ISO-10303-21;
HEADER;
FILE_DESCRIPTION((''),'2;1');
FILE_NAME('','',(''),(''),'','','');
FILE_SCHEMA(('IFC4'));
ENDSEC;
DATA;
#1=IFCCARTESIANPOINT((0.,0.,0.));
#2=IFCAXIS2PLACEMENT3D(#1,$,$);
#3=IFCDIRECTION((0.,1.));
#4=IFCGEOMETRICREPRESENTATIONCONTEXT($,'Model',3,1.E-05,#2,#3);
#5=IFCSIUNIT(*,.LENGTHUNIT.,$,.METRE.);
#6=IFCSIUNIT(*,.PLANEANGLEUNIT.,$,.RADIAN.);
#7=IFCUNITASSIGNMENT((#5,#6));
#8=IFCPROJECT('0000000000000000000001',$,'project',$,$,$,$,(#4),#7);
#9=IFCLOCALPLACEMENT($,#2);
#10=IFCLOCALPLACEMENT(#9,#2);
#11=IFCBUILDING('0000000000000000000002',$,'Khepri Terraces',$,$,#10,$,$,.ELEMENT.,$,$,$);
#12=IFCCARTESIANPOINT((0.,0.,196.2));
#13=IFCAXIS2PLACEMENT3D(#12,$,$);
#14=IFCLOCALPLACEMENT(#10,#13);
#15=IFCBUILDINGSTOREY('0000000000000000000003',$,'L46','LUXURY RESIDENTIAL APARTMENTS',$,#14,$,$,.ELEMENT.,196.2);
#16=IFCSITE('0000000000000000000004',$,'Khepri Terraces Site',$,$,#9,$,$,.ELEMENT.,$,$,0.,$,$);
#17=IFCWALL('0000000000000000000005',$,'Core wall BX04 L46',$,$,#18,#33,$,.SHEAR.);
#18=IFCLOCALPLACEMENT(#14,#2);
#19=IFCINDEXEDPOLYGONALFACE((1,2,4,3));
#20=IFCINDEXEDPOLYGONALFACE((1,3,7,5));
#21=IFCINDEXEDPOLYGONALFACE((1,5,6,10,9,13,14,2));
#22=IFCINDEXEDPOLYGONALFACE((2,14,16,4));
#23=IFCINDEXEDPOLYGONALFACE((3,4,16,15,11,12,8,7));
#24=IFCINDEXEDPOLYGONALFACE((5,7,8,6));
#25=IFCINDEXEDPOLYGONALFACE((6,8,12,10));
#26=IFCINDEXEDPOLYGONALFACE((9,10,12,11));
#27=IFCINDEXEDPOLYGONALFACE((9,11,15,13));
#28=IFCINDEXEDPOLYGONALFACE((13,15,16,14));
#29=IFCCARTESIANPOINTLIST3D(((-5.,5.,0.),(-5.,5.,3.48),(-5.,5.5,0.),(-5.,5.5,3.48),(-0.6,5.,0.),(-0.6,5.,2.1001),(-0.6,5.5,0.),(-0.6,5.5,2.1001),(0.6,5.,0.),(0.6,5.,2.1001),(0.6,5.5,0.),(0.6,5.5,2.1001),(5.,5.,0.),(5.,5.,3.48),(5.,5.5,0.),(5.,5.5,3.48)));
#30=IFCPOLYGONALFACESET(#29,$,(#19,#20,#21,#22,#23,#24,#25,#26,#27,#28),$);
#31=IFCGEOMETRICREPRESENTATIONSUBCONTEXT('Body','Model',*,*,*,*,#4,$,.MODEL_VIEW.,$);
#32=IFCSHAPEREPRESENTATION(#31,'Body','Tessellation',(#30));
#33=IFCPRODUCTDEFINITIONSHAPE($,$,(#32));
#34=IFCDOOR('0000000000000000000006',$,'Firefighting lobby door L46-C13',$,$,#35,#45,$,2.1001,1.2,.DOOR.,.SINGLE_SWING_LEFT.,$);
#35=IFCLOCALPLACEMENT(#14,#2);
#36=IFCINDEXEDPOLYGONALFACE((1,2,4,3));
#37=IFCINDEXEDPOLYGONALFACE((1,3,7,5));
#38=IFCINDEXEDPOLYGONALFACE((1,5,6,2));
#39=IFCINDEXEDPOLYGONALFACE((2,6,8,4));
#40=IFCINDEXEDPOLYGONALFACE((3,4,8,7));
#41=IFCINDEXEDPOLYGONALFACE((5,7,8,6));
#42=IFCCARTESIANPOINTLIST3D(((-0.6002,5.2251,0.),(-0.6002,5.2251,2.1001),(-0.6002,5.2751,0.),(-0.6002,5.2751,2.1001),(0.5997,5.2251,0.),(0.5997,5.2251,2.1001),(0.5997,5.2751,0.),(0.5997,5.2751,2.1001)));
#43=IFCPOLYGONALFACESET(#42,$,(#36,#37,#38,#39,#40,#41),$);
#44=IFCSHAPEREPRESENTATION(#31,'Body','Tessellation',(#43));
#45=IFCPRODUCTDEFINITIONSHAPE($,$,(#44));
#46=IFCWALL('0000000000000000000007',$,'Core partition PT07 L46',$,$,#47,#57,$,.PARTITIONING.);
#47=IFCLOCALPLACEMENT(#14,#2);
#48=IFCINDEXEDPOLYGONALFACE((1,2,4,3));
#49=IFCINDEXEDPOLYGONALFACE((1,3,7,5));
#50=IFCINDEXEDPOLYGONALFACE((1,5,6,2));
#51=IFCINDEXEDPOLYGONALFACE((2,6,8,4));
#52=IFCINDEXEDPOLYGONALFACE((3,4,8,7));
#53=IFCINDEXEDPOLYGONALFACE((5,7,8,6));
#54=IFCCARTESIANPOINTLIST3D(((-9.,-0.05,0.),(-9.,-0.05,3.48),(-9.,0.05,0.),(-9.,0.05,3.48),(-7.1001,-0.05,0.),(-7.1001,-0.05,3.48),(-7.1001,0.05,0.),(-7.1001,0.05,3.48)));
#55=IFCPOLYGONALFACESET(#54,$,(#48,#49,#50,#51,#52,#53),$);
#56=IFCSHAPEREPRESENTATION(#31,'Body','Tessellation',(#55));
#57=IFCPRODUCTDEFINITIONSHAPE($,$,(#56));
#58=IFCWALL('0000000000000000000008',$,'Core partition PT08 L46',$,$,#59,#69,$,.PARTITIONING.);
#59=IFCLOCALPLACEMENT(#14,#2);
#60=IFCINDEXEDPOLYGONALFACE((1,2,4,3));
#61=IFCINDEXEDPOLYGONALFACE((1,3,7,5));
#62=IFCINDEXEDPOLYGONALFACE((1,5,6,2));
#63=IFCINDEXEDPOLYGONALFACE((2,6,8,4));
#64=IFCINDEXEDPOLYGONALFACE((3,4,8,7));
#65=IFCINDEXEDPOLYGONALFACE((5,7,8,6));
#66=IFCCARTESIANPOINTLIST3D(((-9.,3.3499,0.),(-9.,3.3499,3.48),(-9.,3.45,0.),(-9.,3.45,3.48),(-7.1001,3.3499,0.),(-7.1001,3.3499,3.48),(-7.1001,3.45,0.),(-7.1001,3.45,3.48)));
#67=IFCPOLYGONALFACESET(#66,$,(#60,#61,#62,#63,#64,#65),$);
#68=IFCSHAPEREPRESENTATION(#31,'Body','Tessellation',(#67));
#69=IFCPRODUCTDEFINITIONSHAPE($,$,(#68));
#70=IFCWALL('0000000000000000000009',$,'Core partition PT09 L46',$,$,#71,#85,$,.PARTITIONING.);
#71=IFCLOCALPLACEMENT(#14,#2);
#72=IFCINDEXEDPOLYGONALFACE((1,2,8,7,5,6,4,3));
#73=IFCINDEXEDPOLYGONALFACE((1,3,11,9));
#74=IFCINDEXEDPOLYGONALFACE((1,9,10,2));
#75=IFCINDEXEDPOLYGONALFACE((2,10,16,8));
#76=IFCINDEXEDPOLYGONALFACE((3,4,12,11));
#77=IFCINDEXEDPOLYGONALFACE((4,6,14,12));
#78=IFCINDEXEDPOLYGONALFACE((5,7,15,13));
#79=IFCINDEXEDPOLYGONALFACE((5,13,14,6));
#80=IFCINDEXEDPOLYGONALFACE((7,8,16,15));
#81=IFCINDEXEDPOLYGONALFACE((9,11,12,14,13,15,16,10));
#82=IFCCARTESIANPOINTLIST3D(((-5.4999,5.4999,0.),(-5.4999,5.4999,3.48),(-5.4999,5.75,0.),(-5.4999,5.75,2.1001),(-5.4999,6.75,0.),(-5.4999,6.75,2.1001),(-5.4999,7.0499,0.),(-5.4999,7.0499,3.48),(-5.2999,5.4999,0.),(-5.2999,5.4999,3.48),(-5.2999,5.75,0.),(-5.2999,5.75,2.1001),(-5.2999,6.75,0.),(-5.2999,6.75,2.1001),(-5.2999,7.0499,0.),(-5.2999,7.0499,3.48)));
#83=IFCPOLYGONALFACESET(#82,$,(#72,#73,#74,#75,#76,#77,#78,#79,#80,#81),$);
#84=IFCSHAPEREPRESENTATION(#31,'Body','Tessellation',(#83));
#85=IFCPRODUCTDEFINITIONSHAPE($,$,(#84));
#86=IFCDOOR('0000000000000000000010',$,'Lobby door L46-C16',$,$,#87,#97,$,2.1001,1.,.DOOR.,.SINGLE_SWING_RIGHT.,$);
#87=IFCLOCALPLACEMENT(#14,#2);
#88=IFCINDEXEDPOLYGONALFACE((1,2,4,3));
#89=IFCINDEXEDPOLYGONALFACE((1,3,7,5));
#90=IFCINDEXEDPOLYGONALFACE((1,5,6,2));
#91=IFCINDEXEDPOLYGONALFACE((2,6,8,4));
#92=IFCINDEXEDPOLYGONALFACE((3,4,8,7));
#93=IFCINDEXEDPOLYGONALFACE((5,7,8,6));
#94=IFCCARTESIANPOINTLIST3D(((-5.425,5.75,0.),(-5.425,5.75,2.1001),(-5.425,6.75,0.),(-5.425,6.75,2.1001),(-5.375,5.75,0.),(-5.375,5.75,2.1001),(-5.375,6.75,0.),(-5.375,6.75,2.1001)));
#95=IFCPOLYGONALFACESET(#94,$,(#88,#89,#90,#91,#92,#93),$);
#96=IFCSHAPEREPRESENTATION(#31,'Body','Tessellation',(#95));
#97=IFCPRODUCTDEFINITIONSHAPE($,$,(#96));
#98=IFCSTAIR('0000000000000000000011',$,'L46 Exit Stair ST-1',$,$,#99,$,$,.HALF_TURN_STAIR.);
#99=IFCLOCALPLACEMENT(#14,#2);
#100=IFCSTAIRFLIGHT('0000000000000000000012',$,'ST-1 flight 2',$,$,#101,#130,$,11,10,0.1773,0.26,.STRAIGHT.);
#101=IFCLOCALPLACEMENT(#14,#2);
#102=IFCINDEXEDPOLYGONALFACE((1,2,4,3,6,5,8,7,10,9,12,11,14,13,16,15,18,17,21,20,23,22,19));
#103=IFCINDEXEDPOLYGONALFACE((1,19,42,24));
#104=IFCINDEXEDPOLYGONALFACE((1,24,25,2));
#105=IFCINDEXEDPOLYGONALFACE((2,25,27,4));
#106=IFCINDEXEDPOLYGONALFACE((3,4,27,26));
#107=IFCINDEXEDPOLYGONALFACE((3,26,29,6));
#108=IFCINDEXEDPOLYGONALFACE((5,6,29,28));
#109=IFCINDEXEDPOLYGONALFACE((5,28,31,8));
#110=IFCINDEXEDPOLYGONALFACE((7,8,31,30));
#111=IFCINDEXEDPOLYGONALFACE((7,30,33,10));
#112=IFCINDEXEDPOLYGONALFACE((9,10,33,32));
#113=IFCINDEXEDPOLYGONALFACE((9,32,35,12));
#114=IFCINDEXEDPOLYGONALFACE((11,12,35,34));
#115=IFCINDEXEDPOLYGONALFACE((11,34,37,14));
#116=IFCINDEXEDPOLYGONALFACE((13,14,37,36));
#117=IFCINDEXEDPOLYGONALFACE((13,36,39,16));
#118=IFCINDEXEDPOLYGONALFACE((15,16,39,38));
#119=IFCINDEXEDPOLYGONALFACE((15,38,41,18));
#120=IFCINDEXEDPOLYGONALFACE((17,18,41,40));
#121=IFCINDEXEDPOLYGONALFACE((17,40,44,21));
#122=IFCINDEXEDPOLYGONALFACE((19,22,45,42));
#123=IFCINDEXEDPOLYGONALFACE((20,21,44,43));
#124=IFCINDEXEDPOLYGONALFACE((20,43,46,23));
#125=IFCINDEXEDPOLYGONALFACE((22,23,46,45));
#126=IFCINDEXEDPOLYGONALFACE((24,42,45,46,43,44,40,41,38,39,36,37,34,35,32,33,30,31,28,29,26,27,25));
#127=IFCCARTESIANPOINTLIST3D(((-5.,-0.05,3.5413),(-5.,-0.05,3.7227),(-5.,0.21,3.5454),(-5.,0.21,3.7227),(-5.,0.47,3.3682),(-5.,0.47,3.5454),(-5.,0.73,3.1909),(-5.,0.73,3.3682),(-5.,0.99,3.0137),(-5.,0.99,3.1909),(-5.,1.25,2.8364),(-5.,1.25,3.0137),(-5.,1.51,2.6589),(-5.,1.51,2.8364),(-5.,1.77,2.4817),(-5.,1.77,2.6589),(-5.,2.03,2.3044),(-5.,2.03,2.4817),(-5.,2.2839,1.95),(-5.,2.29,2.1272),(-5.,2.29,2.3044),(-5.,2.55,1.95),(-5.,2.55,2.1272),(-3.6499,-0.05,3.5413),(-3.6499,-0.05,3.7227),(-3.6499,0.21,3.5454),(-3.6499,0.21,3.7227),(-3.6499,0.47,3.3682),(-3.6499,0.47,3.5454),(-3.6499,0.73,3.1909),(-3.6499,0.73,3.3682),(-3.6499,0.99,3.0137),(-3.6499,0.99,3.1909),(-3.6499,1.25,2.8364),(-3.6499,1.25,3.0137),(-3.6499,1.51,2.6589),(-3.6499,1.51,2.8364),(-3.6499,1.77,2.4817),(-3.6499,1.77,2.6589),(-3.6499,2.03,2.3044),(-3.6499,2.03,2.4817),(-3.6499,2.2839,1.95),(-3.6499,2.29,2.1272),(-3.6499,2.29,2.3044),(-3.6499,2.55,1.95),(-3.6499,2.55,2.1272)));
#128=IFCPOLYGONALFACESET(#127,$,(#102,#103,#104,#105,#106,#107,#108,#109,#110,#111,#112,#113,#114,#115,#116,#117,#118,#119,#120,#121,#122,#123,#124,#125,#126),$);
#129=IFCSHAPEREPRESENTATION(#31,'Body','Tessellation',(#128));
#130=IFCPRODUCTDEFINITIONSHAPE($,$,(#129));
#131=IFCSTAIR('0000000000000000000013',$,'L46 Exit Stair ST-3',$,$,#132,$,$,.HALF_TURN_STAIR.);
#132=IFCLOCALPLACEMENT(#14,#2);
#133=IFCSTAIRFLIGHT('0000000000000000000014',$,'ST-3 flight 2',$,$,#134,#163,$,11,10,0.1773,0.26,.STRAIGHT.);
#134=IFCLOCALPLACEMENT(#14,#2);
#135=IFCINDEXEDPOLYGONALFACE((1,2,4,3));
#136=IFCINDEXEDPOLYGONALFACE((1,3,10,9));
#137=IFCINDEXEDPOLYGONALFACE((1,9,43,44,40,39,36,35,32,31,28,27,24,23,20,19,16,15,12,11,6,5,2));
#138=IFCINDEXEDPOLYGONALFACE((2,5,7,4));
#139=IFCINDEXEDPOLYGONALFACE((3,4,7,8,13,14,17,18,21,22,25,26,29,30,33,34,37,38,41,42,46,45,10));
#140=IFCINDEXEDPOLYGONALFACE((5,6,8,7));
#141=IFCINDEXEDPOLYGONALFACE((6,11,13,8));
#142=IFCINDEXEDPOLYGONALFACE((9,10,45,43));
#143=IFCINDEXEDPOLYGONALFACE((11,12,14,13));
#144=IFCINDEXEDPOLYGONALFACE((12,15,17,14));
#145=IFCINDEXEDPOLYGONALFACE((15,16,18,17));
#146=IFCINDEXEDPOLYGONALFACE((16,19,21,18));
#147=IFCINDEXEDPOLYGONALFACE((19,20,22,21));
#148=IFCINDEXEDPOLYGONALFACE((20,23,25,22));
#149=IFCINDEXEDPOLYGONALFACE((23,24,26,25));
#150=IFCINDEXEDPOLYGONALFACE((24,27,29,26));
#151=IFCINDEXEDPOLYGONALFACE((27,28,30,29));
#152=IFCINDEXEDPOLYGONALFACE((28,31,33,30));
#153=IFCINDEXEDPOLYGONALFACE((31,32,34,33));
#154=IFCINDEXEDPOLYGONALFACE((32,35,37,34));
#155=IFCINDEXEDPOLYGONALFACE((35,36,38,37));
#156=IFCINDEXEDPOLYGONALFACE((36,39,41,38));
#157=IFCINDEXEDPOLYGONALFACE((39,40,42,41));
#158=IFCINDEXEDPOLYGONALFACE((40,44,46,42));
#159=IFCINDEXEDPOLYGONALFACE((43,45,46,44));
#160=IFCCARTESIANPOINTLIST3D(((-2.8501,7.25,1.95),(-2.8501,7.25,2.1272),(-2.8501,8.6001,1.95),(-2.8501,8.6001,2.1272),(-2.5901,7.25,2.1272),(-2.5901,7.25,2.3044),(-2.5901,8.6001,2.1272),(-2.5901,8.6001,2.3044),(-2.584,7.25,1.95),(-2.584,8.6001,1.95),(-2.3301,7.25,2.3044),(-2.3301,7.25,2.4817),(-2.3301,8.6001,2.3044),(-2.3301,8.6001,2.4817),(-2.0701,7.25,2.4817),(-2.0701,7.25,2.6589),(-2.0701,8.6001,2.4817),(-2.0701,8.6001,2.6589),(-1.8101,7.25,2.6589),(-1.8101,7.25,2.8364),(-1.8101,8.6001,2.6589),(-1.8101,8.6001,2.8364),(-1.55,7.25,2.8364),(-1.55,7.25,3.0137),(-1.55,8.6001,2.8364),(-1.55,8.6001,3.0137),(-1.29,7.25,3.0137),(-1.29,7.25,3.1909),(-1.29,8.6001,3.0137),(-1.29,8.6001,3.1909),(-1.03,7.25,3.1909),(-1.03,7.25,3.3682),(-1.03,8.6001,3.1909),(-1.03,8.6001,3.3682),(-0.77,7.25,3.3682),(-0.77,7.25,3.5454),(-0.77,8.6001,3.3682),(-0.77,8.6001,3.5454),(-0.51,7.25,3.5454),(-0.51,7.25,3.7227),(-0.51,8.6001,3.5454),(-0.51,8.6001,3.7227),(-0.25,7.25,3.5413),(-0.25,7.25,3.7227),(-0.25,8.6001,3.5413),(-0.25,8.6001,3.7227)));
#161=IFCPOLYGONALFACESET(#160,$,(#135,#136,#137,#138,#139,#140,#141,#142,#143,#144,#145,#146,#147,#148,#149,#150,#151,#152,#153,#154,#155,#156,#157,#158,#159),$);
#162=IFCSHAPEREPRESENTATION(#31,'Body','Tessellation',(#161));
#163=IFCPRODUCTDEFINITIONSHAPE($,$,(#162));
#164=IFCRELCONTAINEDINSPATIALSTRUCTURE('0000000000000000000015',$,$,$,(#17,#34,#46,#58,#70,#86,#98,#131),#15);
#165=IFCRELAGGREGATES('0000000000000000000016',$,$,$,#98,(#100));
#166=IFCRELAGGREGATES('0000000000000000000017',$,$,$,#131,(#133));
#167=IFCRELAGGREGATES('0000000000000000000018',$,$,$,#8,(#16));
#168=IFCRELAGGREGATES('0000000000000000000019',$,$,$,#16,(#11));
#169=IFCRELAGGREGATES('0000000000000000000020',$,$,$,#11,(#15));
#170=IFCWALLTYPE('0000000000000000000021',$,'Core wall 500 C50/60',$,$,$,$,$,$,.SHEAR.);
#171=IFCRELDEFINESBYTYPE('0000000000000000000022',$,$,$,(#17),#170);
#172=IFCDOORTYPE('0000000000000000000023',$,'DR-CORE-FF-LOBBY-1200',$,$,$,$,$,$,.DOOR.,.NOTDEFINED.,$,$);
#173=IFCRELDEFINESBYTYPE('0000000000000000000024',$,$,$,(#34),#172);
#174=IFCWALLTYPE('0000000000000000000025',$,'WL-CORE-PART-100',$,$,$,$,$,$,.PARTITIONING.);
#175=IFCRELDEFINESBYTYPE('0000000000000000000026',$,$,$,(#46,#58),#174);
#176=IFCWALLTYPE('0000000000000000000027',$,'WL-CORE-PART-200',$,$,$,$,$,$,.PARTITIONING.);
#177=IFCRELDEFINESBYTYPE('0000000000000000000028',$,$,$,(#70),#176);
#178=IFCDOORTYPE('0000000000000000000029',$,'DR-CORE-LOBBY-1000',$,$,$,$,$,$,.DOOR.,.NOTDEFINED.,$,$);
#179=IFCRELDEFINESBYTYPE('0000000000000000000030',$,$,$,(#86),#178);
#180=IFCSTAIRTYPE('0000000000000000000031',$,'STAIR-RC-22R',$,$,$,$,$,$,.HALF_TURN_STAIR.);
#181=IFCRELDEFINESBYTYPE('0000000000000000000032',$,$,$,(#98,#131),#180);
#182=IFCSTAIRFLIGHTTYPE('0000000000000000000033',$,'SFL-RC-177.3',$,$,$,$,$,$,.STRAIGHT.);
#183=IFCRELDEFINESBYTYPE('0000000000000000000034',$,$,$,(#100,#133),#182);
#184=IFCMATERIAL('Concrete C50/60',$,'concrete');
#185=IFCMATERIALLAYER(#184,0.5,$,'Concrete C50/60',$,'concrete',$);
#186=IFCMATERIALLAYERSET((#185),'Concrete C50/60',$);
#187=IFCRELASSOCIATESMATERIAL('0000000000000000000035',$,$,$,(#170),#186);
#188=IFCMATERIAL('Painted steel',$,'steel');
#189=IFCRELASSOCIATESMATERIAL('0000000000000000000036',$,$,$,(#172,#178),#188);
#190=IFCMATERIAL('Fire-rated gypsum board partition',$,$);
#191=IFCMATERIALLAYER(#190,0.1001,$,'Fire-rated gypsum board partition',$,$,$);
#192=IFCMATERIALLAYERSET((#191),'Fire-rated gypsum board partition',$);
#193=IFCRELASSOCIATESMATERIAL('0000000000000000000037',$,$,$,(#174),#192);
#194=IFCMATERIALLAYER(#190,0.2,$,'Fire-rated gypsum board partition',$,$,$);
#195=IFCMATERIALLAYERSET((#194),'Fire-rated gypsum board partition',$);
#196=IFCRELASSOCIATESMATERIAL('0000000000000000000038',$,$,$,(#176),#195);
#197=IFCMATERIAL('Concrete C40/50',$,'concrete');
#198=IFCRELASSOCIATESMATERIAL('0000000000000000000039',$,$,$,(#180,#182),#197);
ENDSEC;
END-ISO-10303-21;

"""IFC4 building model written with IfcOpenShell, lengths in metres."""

from ifc_helpers import new_model, si_unit, direction, frame, frame_2d, origin, place, context, subcontext, project, spatial, polyline, rectangle, outline, extrude, material, layer, layer_set, type_object, element, fill, aggregate, save


model = new_model("IFC4")

# Units and contexts
model_context = context("Model", 3, precision=1e-05, world=origin(), true_north=direction((0.0, 1.0)))
body_context = subcontext(model_context, "Body", "Model", "MODEL_VIEW")
ifc_project = project(units=[si_unit("LENGTHUNIT", "METRE"), si_unit("PLANEANGLEUNIT", "RADIAN")], contexts=[model_context])

# Site, building, storey
site_placement = place(None, origin())
site = spatial("IfcSite", under=ifc_project, at=site_placement, Name="Khepri Terraces Site", CompositionType="ELEMENT", RefElevation=0.0)
building_placement = place(site_placement, origin())
building = spatial("IfcBuilding", under=site, at=building_placement, Name="Khepri Terraces", CompositionType="ELEMENT")
storey_placement = place(building_placement, frame((0.0, 0.0, 196.2)))
storey = spatial("IfcBuildingStorey", under=building, at=storey_placement, Name="L46", Description="LUXURY RESIDENTIAL APARTMENTS", CompositionType="ELEMENT", Elevation=196.2)

# Shared definitions
ifc_material_1 = material(Name="Concrete C40/50", Category="concrete")

# Shared definitions
ifc_material_2 = material(Name="Concrete C50/60", Category="concrete")

# Wall, opening, door
ifc_layer_1 = layer(ifc_material_2, 0.5, Name="Concrete C50/60", Category="concrete")
ifc_layer_set_1 = layer_set([ifc_layer_1], Name="Concrete C50/60")
wall_type_1 = type_object("IfcWallType", Name="Core wall 500 C50/60", PredefinedType="SHEAR", material=ifc_layer_set_1)
wall_1_placement = place(storey_placement, frame((-5.0, 5.25, 0.0), z_axis=(0.0, 0.0, 1.0), x_axis=(1.0, 0.0, 0.0)))
wall_1 = element("IfcWall", 1, at=wall_1_placement, inside=storey, type_object=wall_type_1, Name="Core wall BX04 L46", PredefinedType="SHEAR", context=body_context, shape_type="SweptSolid", body=[
    extrude(rectangle(XDim=10.0, YDim=0.5, at=frame_2d((5.0, 0.0))), origin(), (0.0, 0.0, 1.0), 3.48),
])
opening_1_placement = place(wall_1_placement, frame((4.3999, 0.0, 0.0)))
opening_1 = element("IfcOpeningElement", 2, at=opening_1_placement, cuts=wall_1, PredefinedType="OPENING", context=body_context, shape_type="SweptSolid", body=[
    extrude(rectangle(XDim=1.2, YDim=2.1001, at=frame_2d((0.6001, 1.05))), frame((0.0, 0.26, 0.0), z_axis=(0.0, -1.0, 0.0), x_axis=(1.0, 0.0, 0.0)), (0.0, 0.0, 1.0), 0.52),
])
ifc_material_3 = material(Name="Painted steel", Category="steel")
door_type_1 = type_object("IfcDoorType", Name="DR-CORE-FF-LOBBY-1200", OperationType="NOTDEFINED", PredefinedType="DOOR", material=ifc_material_3)
door_1_placement = place(opening_1_placement, frame((1.2, 0.0, 0.0), z_axis=(0.0, 0.0, 1.0), x_axis=(-1.0, 0.0, 0.0)))
door_1 = element("IfcDoor", 3, at=door_1_placement, inside=storey, type_object=door_type_1, Name="Firefighting lobby door L46-C13", OperationType="SINGLE_SWING_LEFT", OverallHeight=2.1001, OverallWidth=1.2, PredefinedType="DOOR", context=body_context, shape_type="SweptSolid", body=[
    extrude(rectangle(XDim=1.2, YDim=2.1001, at=frame_2d((0.6001, 1.05))), frame((0.0, 0.0249, 0.0), z_axis=(0.0, -1.0, 0.0), x_axis=(1.0, 0.0, 0.0)), (0.0, 0.0, 1.0), 0.05),
])
fill(opening_1, door_1)

# Walls
ifc_material_4 = material(Name="Fire-rated gypsum board partition")
ifc_layer_2 = layer(ifc_material_4, 0.1001, Name="Fire-rated gypsum board partition")
ifc_layer_set_2 = layer_set([ifc_layer_2], Name="Fire-rated gypsum board partition")
wall_type_2 = type_object("IfcWallType", Name="WL-CORE-PART-100", PredefinedType="PARTITIONING", material=ifc_layer_set_2)
for number, where, z_axis, x_axis, name in (
    (4, (-9.0, 0.0, 0.0), (0.0, 0.0, 1.0), (1.0, 0.0, 0.0), "Core partition PT07 L46"),
    (5, (-9.0, 3.3999, 0.0), (0.0, 0.0, 1.0), (1.0, 0.0, 0.0), "Core partition PT08 L46"),
):
    element("IfcWall", number, at=place(storey_placement, frame(where, z_axis=z_axis, x_axis=x_axis)), inside=storey, type_object=wall_type_2, Name=name, PredefinedType="PARTITIONING", context=body_context, shape_type="SweptSolid", body=[
        extrude(rectangle(XDim=1.8999, YDim=0.1001, at=frame_2d((0.95, 0.0))), origin(), (0.0, 0.0, 1.0), 3.48),
    ])

# Wall, opening, door
ifc_layer_3 = layer(ifc_material_4, 0.2, Name="Fire-rated gypsum board partition")
ifc_layer_set_3 = layer_set([ifc_layer_3], Name="Fire-rated gypsum board partition")
wall_type_3 = type_object("IfcWallType", Name="WL-CORE-PART-200", PredefinedType="PARTITIONING", material=ifc_layer_set_3)
wall_2_placement = place(storey_placement, frame((-5.3999, 5.5, 0.0), z_axis=(0.0, 0.0, 1.0), x_axis=(0.0, 1.0, 0.0)))
wall_2 = element("IfcWall", 6, at=wall_2_placement, inside=storey, type_object=wall_type_3, Name="Core partition PT09 L46", PredefinedType="PARTITIONING", context=body_context, shape_type="SweptSolid", body=[
    extrude(rectangle(XDim=1.55, YDim=0.2, at=frame_2d((0.7749, 0.0))), origin(), (0.0, 0.0, 1.0), 3.48),
])
opening_2_placement = place(wall_2_placement, frame((0.25, 0.0, 0.0)))
opening_2 = element("IfcOpeningElement", 7, at=opening_2_placement, cuts=wall_2, PredefinedType="OPENING", context=body_context, shape_type="SweptSolid", body=[
    extrude(rectangle(XDim=1.0, YDim=2.1001, at=frame_2d((0.5, 1.05))), frame((0.0, 0.1099, 0.0), z_axis=(0.0, -1.0, 0.0), x_axis=(1.0, 0.0, 0.0)), (0.0, 0.0, 1.0), 0.22),
])
door_type_2 = type_object("IfcDoorType", Name="DR-CORE-LOBBY-1000", OperationType="NOTDEFINED", PredefinedType="DOOR", material=ifc_material_3)
door_2_placement = place(opening_2_placement, frame((1.0, 0.0, 0.0), z_axis=(0.0, 0.0, 1.0), x_axis=(-1.0, 0.0, 0.0)))
door_2 = element("IfcDoor", 8, at=door_2_placement, inside=storey, type_object=door_type_2, Name="Lobby door L46-C16", OperationType="SINGLE_SWING_RIGHT", OverallHeight=2.1001, OverallWidth=1.0, PredefinedType="DOOR", context=body_context, shape_type="SweptSolid", body=[
    extrude(rectangle(XDim=1.0, YDim=2.1001, at=frame_2d((0.5, 1.05))), frame((0.0, 0.0249, 0.0), z_axis=(0.0, -1.0, 0.0), x_axis=(1.0, 0.0, 0.0)), (0.0, 0.0, 1.0), 0.05),
])
fill(opening_2, door_2)

# Stairs, stair flights
stair_type = type_object("IfcStairType", Name="STAIR-RC-22R", PredefinedType="HALF_TURN_STAIR", material=ifc_material_1)
stair_1_placement = place(storey_placement, origin())
stair_1 = element("IfcStair", 9, at=stair_1_placement, inside=storey, type_object=stair_type, Name="L46 Exit Stair ST-1", PredefinedType="HALF_TURN_STAIR")
stair_flight_type = type_object("IfcStairFlightType", Name="SFL-RC-177.3", PredefinedType="STRAIGHT", material=ifc_material_1)
stair_flight_1_placement = place(storey_placement, frame((-4.325, 2.55, 1.95), z_axis=(0.0, 0.0, 1.0), x_axis=(0.0, -1.0, 0.0)))
stair_flight_1 = element("IfcStairFlight", 10, at=stair_flight_1_placement, type_object=stair_flight_type, Name="ST-1 flight 2", NumberOfRisers=11, NumberOfTreads=10, PredefinedType="STRAIGHT", RiserHeight=0.1773, TreadLength=0.26, context=body_context, shape_type="SweptSolid", body=[
    extrude(outline(polyline([(0.0, 0.0), (0.0, 0.1772), (0.26, 0.1772), (0.26, 0.3545), (0.52, 0.3545), (0.52, 0.5317), (0.78, 0.5317), (0.78, 0.709), (1.04, 0.709), (1.04, 0.8865), (1.3, 0.8865), (1.3, 1.0637), (1.5601, 1.0637), (1.5601, 1.241), (1.8201, 1.241), (1.8201, 1.4182), (2.0801, 1.4182), (2.0801, 1.5955), (2.3401, 1.5955), (2.3401, 1.7727), (2.6001, 1.7727), (2.6001, 1.95), (2.6001, 1.5913), (0.2661, 0.0), (0.0, 0.0)])), frame((0.0, 0.675, 0.0), z_axis=(0.0, -1.0, 0.0), x_axis=(1.0, 0.0, 0.0)), (0.0, 0.0, 1.0), 1.3501),
])
aggregate(stair_1, [stair_flight_1])
stair_2_placement = place(storey_placement, origin())
stair_2 = element("IfcStair", 11, at=stair_2_placement, inside=storey, type_object=stair_type, Name="L46 Exit Stair ST-3", PredefinedType="HALF_TURN_STAIR")
stair_flight_2_placement = place(storey_placement, frame((-2.8501, 7.925, 1.95), z_axis=(0.0, 0.0, 1.0), x_axis=(1.0, 0.0, 0.0)))
stair_flight_2 = element("IfcStairFlight", 12, at=stair_flight_2_placement, type_object=stair_flight_type, Name="ST-3 flight 2", NumberOfRisers=11, NumberOfTreads=10, PredefinedType="STRAIGHT", RiserHeight=0.1773, TreadLength=0.26, context=body_context, shape_type="SweptSolid", body=[
    extrude(outline(polyline([(0.0, 0.0), (0.0, 0.1772), (0.26, 0.1772), (0.26, 0.3545), (0.52, 0.3545), (0.52, 0.5317), (0.78, 0.5317), (0.78, 0.709), (1.04, 0.709), (1.04, 0.8865), (1.3, 0.8865), (1.3, 1.0637), (1.5601, 1.0637), (1.5601, 1.241), (1.8201, 1.241), (1.8201, 1.4182), (2.0801, 1.4182), (2.0801, 1.5955), (2.3401, 1.5955), (2.3401, 1.7727), (2.6001, 1.7727), (2.6001, 1.95), (2.6001, 1.5913), (0.2661, 0.0), (0.0, 0.0)])), frame((0.0, 0.675, 0.0), z_axis=(0.0, -1.0, 0.0), x_axis=(1.0, 0.0, 0.0)), (0.0, 0.0, 1.0), 1.3501),
])
aggregate(stair_2, [stair_flight_2])

save(model, "model.ifc")
